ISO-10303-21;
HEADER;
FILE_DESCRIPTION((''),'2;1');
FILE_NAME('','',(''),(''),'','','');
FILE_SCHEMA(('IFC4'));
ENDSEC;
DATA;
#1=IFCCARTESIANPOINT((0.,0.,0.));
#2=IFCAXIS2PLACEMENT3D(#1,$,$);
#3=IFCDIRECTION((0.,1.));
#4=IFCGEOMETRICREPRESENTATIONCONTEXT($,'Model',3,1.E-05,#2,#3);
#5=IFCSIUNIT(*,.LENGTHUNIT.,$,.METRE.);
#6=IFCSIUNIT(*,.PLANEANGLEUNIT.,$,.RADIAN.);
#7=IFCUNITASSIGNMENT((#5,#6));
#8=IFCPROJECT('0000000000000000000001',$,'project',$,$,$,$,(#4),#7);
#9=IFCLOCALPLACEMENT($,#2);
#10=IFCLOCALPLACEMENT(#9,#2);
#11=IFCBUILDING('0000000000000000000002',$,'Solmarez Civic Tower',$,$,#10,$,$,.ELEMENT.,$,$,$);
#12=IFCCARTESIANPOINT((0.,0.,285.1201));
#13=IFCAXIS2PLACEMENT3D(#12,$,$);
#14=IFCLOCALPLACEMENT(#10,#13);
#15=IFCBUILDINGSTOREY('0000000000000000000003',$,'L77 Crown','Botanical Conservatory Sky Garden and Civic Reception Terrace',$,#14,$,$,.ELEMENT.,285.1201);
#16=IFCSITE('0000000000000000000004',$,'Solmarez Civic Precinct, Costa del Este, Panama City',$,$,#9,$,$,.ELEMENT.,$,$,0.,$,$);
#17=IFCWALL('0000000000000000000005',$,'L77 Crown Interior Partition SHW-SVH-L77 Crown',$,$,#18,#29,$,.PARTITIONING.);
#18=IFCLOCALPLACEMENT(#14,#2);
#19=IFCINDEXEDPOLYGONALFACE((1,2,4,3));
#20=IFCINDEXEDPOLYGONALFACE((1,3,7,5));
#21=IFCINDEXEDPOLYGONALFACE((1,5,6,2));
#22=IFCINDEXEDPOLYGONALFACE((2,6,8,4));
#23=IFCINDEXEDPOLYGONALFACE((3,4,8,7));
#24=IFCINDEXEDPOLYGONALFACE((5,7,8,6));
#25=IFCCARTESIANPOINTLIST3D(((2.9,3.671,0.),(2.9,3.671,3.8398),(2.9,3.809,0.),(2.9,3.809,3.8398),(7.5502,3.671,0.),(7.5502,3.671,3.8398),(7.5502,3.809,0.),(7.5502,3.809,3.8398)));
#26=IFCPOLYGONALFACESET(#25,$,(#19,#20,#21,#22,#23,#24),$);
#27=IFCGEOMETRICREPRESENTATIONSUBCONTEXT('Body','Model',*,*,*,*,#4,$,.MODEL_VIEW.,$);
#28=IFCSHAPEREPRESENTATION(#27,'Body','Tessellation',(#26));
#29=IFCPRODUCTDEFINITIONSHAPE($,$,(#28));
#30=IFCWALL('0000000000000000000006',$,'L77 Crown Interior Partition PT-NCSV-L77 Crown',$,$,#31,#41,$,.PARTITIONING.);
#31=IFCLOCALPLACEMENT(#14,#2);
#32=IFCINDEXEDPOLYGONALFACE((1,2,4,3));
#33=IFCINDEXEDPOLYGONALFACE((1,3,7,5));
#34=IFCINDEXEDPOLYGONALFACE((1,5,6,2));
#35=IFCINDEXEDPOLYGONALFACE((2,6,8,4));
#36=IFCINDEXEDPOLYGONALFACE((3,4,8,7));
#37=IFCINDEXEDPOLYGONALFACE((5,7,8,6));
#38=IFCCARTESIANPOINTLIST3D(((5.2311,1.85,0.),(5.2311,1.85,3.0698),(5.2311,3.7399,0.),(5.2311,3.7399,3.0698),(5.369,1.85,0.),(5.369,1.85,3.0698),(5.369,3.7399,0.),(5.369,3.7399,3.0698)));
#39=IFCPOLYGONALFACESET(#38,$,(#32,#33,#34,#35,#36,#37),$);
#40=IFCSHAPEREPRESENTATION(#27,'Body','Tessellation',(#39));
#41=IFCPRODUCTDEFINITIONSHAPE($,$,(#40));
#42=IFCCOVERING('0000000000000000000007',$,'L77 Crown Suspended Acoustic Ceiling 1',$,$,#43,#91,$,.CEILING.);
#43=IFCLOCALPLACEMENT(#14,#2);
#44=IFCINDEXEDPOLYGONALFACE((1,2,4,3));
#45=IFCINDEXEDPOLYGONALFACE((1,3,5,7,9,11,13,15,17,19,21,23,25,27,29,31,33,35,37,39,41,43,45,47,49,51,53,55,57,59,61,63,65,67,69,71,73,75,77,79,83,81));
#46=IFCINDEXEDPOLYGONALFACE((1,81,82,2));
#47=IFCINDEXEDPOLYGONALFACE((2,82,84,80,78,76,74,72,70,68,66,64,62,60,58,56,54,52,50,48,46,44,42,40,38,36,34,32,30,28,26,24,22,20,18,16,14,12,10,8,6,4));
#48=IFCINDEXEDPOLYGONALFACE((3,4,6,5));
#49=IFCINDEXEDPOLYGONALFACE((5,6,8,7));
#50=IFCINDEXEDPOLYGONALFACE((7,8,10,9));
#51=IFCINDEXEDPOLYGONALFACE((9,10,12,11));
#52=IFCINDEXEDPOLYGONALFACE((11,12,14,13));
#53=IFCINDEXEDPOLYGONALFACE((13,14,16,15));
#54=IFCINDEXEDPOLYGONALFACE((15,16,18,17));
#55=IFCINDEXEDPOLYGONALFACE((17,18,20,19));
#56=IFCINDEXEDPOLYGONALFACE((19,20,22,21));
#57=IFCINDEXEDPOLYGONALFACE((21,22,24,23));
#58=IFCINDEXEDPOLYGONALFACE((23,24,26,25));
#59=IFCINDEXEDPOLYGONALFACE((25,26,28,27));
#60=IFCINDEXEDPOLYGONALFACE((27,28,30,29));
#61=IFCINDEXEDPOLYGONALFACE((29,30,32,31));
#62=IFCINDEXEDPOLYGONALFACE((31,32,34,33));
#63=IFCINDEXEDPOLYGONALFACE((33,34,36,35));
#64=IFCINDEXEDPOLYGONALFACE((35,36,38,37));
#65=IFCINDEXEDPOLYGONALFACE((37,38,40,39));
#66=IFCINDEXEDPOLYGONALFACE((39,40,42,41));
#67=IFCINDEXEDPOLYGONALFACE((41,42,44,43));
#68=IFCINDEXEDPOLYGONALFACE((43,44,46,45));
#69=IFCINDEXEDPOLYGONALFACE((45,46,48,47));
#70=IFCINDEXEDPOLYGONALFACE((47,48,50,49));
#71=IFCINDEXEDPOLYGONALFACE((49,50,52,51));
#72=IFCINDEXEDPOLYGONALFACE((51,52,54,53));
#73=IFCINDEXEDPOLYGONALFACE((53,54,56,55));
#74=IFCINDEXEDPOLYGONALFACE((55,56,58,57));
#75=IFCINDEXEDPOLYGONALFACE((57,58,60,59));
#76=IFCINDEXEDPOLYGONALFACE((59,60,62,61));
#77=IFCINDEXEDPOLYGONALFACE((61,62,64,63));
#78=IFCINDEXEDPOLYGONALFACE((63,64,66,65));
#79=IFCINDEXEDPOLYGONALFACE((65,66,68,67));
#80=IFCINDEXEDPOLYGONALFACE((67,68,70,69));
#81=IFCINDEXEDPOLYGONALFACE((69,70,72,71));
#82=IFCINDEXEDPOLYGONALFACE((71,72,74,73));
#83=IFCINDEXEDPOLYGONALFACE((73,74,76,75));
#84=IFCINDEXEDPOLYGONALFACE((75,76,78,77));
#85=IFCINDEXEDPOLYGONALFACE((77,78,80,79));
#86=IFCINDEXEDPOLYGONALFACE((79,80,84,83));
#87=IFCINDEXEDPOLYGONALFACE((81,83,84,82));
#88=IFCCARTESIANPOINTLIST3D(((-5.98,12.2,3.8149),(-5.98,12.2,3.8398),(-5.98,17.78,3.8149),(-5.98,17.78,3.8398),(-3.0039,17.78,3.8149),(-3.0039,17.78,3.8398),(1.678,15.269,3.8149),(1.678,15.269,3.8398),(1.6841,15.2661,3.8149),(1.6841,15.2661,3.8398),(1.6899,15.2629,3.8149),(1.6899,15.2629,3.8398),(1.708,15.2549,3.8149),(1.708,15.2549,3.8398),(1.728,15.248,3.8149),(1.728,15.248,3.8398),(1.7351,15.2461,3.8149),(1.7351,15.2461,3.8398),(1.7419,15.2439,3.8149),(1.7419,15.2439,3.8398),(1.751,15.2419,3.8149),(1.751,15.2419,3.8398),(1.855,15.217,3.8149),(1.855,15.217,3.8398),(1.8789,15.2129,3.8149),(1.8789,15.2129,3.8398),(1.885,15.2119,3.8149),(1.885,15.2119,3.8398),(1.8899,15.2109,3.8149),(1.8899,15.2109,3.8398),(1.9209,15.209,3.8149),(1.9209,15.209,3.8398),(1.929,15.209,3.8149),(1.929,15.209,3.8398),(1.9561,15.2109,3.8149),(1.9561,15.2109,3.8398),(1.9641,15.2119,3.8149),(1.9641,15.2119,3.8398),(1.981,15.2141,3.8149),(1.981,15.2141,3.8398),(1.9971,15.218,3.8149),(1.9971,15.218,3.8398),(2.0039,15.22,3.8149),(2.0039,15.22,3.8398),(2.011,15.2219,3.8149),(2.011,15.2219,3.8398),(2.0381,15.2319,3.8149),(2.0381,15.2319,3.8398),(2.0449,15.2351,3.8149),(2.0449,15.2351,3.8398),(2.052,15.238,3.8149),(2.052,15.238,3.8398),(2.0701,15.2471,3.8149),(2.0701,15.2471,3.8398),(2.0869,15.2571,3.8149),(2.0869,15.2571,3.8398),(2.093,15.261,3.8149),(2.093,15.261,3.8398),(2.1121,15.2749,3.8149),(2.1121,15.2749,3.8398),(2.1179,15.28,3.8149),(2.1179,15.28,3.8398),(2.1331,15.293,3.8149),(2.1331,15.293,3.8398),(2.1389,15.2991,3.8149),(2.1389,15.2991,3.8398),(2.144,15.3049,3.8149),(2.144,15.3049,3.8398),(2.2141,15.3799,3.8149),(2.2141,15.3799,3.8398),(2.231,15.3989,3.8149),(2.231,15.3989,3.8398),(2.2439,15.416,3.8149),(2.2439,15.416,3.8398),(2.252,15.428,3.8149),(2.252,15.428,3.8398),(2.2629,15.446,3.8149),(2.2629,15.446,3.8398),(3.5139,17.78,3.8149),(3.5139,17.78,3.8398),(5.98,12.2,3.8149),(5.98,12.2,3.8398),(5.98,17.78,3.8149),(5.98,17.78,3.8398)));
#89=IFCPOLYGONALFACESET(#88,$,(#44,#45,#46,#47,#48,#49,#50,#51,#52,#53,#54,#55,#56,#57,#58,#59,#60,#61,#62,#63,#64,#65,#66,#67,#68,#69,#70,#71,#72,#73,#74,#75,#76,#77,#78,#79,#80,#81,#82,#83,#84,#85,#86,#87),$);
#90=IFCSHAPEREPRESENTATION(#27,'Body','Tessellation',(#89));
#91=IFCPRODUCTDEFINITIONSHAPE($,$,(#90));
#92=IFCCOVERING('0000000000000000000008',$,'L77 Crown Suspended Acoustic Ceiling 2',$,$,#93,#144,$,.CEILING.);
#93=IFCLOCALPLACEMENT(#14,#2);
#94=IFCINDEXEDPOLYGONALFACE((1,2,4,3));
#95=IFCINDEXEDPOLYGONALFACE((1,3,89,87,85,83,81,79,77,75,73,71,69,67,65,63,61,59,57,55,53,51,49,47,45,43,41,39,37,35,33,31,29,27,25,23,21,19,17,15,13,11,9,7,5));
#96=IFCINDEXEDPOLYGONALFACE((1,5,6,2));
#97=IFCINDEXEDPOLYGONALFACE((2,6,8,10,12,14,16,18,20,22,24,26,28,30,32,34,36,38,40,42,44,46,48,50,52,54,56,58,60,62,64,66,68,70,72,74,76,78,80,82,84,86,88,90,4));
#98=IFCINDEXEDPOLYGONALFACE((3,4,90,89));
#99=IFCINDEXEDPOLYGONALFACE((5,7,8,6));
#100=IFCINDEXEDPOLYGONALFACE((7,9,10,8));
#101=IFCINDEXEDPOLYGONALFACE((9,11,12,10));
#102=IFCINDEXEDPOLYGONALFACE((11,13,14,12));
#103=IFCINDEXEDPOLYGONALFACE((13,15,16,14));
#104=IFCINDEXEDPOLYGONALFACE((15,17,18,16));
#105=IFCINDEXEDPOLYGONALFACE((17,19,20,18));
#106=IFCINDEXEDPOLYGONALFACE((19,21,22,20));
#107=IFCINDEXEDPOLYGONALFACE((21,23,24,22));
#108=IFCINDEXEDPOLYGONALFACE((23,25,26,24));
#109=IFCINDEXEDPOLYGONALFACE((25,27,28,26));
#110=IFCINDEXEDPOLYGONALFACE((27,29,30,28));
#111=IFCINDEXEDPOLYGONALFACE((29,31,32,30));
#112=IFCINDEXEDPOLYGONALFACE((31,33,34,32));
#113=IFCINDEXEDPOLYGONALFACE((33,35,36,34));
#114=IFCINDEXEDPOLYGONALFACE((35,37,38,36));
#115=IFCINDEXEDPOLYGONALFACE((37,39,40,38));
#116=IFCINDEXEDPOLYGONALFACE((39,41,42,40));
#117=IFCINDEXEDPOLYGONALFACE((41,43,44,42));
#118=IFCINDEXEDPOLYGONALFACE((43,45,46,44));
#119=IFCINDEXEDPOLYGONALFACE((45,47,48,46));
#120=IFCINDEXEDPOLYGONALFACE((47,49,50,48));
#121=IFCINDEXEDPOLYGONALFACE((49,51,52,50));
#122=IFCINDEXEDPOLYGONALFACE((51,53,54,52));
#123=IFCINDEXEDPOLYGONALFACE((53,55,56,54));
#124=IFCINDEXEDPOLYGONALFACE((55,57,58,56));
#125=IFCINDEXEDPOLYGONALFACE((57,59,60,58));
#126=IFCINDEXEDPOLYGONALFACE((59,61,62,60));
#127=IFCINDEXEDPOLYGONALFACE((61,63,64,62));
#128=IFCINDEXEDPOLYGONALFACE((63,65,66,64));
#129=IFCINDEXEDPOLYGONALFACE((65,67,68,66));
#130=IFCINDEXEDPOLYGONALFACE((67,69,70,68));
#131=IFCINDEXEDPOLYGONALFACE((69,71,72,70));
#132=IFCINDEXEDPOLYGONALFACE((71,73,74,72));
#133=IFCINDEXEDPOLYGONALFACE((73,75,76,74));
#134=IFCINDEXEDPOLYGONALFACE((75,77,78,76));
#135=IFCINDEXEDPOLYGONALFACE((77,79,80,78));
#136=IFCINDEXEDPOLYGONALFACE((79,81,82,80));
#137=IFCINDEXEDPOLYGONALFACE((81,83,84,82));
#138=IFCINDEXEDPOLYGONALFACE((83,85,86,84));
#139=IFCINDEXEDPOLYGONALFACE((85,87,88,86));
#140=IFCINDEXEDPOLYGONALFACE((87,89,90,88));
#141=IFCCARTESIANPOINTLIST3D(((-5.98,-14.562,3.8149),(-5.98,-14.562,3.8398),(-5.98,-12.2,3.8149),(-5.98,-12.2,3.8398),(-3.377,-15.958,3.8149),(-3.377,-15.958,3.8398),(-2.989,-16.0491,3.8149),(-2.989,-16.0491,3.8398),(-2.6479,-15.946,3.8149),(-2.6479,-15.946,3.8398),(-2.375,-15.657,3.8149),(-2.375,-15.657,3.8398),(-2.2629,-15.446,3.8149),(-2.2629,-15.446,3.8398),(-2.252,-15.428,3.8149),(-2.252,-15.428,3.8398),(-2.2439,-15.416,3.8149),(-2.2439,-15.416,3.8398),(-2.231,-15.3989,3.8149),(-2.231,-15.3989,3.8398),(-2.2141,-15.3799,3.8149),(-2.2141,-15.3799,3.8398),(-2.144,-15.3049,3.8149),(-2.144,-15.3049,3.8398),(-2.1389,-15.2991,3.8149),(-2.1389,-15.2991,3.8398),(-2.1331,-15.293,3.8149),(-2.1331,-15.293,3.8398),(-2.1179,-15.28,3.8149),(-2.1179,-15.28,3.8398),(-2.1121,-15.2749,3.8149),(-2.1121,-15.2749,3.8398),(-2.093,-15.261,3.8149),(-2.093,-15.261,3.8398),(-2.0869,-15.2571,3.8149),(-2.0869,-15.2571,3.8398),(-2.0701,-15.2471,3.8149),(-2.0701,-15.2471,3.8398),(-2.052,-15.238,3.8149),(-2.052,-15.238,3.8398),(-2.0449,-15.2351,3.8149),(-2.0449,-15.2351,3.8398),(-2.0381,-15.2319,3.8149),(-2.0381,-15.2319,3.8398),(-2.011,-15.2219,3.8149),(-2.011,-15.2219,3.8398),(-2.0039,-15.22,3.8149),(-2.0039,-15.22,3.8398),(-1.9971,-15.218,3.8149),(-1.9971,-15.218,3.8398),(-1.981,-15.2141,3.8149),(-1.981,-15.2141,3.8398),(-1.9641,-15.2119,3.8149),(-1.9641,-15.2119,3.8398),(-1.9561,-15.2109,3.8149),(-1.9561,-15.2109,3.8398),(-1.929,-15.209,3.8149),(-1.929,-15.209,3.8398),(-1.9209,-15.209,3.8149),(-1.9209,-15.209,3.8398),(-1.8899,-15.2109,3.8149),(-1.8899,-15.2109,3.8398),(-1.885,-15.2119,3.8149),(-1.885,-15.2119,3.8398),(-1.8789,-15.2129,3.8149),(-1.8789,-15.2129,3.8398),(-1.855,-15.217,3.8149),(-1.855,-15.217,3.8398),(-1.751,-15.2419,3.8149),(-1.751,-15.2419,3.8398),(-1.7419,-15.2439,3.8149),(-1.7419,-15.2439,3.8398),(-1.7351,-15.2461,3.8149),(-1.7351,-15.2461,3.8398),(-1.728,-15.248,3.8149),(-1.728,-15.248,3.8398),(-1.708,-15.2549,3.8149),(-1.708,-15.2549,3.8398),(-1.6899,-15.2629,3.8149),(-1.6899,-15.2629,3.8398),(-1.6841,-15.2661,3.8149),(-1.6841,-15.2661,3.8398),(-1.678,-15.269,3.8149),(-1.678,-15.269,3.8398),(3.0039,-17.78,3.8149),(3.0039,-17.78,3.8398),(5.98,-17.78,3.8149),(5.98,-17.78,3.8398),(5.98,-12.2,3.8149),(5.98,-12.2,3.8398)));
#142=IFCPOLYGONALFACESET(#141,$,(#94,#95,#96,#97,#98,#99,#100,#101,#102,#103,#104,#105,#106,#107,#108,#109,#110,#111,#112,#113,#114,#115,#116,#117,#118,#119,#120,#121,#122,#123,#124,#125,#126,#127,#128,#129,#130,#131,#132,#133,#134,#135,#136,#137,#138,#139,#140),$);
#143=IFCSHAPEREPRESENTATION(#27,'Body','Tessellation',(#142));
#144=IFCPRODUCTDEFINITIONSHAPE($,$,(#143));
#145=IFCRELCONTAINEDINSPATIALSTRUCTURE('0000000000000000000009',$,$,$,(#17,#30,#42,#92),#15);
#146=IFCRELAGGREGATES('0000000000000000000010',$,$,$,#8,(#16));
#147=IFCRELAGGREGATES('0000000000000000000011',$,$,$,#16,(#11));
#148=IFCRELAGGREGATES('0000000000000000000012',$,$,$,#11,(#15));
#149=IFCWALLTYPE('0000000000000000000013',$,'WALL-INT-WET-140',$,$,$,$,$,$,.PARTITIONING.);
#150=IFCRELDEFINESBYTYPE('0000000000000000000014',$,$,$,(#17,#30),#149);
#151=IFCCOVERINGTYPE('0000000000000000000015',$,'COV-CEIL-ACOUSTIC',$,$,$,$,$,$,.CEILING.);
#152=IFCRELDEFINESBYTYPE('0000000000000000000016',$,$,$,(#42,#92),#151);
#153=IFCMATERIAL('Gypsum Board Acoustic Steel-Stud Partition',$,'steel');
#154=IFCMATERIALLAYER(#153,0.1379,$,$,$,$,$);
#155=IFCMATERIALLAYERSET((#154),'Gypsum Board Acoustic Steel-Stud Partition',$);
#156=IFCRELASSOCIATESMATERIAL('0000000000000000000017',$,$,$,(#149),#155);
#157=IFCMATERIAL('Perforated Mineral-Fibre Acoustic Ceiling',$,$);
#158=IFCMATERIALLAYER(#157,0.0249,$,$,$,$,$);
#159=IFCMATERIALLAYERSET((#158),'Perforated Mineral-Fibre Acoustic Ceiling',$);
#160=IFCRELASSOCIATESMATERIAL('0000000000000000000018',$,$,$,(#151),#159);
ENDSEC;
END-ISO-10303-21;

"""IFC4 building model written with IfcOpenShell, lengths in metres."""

from ifc_helpers import new_model, si_unit, direction, frame, frame_2d, origin, place, context, subcontext, project, spatial, polyline, rectangle, outline, extrude, material, layer, layer_set, type_object, element, save


model = new_model("IFC4")

# Units and contexts
model_context = context("Model", 3, precision=1e-05, world=origin(), true_north=direction((0.0, 1.0)))
body_context = subcontext(model_context, "Body", "Model", "MODEL_VIEW")
ifc_project = project(units=[si_unit("LENGTHUNIT", "METRE"), si_unit("PLANEANGLEUNIT", "RADIAN")], contexts=[model_context])

# Site, building, storey
site_placement = place(None, origin())
site = spatial("IfcSite", under=ifc_project, at=site_placement, Name="Solmarez Civic Precinct, Costa del Este, Panama City", CompositionType="ELEMENT", RefElevation=0.0)
building_placement = place(site_placement, origin())
building = spatial("IfcBuilding", under=site, at=building_placement, Name="Solmarez Civic Tower", CompositionType="ELEMENT")
storey_placement = place(building_placement, frame((0.0, 0.0, 285.1201)))
storey = spatial("IfcBuildingStorey", under=building, at=storey_placement, Name="L77 Crown", Description="Botanical Conservatory Sky Garden and Civic Reception Terrace", CompositionType="ELEMENT", Elevation=285.1201)

# Shared definitions
ifc_material_1 = material(Name="Gypsum Board Acoustic Steel-Stud Partition", Category="steel")

# Walls
ifc_layer_1 = layer(ifc_material_1, 0.1379)
ifc_layer_set_1 = layer_set([ifc_layer_1], Name="Gypsum Board Acoustic Steel-Stud Partition")
wall_type_1 = type_object("IfcWallType", Name="WALL-INT-WET-140", PredefinedType="PARTITIONING", material=ifc_layer_set_1)
wall_1_placement = place(storey_placement, frame((2.8999, 3.74, 0.0), z_axis=(0.0, 0.0, 1.0), x_axis=(1.0, 0.0, 0.0)))
element("IfcWall", 1, at=wall_1_placement, inside=storey, type_object=wall_type_1, Name="L77 Crown Interior Partition SHW-SVH-L77 Crown", PredefinedType="PARTITIONING", context=body_context, shape_type="SweptSolid", body=[
    extrude(rectangle(XDim=4.6501, YDim=0.1379, at=frame_2d((2.3252, 0.0))), origin(), (0.0, 0.0, 1.0), 3.8398),
])
wall_2_placement = place(storey_placement, frame((5.3, 1.8501, 0.0), z_axis=(0.0, 0.0, 1.0), x_axis=(0.0, 1.0, 0.0)))
element("IfcWall", 2, at=wall_2_placement, inside=storey, type_object=wall_type_1, Name="L77 Crown Interior Partition PT-NCSV-L77 Crown", PredefinedType="PARTITIONING", context=body_context, shape_type="SweptSolid", body=[
    extrude(rectangle(XDim=1.8899, YDim=0.1379, at=frame_2d((0.9448, 0.0))), origin(), (0.0, 0.0, 1.0), 3.0698),
])

# Coverings
ifc_material_2 = material(Name="Perforated Mineral-Fibre Acoustic Ceiling")
ifc_layer_2 = layer(ifc_material_2, 0.0249)
ifc_layer_set_2 = layer_set([ifc_layer_2], Name="Perforated Mineral-Fibre Acoustic Ceiling")
covering_type_1 = type_object("IfcCoveringType", Name="COV-CEIL-ACOUSTIC", PredefinedType="CEILING", material=ifc_layer_set_2)
covering_1_placement = place(storey_placement, frame((0.0, 0.0, 3.8149)))
element("IfcCovering", 3, at=covering_1_placement, inside=storey, type_object=covering_type_1, Name="L77 Crown Suspended Acoustic Ceiling 1", PredefinedType="CEILING", context=body_context, shape_type="SweptSolid", body=[
    extrude(outline(polyline([(5.98, 17.78), (3.5139, 17.78), (2.2629, 15.446), (2.252, 15.428), (2.2439, 15.416), (2.231, 15.3989), (2.2141, 15.3799), (2.144, 15.3049), (2.1389, 15.2991), (2.1331, 15.293), (2.1179, 15.28), (2.1121, 15.2749), (2.093, 15.261), (2.0869, 15.2571), (2.0701, 15.2471), (2.052, 15.238), (2.0449, 15.2351), (2.0381, 15.2319), (2.011, 15.2219), (2.0039, 15.22), (1.9971, 15.218), (1.981, 15.2141), (1.9641, 15.2119), (1.9561, 15.2109), (1.929, 15.209), (1.9209, 15.209), (1.8899, 15.2109), (1.885, 15.2119), (1.8789, 15.2129), (1.855, 15.217), (1.751, 15.2419), (1.7419, 15.2439), (1.7351, 15.2461), (1.728, 15.248), (1.708, 15.2549), (1.6899, 15.2629), (1.6841, 15.2661), (1.678, 15.269), (-3.0039, 17.78), (-5.98, 17.78), (-5.98, 12.2), (5.98, 12.2), (5.98, 17.78)])), origin(), (0.0, 0.0, 1.0), 0.0249),
])
covering_2_placement = place(storey_placement, frame((0.0, 0.0, 3.8149)))
element("IfcCovering", 4, at=covering_2_placement, inside=storey, type_object=covering_type_1, Name="L77 Crown Suspended Acoustic Ceiling 2", PredefinedType="CEILING", context=body_context, shape_type="SweptSolid", body=[
    extrude(outline(polyline([(5.98, -12.2), (-5.98, -12.2), (-5.98, -14.562), (-3.377, -15.958), (-2.989, -16.0491), (-2.6479, -15.946), (-2.375, -15.657), (-2.2629, -15.446), (-2.252, -15.428), (-2.2439, -15.416), (-2.231, -15.3989), (-2.2141, -15.3799), (-2.144, -15.3049), (-2.1389, -15.2991), (-2.1331, -15.293), (-2.1179, -15.28), (-2.1121, -15.2749), (-2.093, -15.261), (-2.0869, -15.2571), (-2.0701, -15.2471), (-2.052, -15.238), (-2.0449, -15.2351), (-2.0381, -15.2319), (-2.011, -15.2219), (-2.0039, -15.22), (-1.9971, -15.218), (-1.981, -15.2141), (-1.9641, -15.2119), (-1.9561, -15.2109), (-1.929, -15.209), (-1.9209, -15.209), (-1.8899, -15.2109), (-1.885, -15.2119), (-1.8789, -15.2129), (-1.855, -15.217), (-1.751, -15.2419), (-1.7419, -15.2439), (-1.7351, -15.2461), (-1.728, -15.248), (-1.708, -15.2549), (-1.6899, -15.2629), (-1.6841, -15.2661), (-1.678, -15.269), (3.0039, -17.78), (5.98, -17.78), (5.98, -12.2)])), origin(), (0.0, 0.0, 1.0), 0.0249),
])

save(model, "model.ifc")
